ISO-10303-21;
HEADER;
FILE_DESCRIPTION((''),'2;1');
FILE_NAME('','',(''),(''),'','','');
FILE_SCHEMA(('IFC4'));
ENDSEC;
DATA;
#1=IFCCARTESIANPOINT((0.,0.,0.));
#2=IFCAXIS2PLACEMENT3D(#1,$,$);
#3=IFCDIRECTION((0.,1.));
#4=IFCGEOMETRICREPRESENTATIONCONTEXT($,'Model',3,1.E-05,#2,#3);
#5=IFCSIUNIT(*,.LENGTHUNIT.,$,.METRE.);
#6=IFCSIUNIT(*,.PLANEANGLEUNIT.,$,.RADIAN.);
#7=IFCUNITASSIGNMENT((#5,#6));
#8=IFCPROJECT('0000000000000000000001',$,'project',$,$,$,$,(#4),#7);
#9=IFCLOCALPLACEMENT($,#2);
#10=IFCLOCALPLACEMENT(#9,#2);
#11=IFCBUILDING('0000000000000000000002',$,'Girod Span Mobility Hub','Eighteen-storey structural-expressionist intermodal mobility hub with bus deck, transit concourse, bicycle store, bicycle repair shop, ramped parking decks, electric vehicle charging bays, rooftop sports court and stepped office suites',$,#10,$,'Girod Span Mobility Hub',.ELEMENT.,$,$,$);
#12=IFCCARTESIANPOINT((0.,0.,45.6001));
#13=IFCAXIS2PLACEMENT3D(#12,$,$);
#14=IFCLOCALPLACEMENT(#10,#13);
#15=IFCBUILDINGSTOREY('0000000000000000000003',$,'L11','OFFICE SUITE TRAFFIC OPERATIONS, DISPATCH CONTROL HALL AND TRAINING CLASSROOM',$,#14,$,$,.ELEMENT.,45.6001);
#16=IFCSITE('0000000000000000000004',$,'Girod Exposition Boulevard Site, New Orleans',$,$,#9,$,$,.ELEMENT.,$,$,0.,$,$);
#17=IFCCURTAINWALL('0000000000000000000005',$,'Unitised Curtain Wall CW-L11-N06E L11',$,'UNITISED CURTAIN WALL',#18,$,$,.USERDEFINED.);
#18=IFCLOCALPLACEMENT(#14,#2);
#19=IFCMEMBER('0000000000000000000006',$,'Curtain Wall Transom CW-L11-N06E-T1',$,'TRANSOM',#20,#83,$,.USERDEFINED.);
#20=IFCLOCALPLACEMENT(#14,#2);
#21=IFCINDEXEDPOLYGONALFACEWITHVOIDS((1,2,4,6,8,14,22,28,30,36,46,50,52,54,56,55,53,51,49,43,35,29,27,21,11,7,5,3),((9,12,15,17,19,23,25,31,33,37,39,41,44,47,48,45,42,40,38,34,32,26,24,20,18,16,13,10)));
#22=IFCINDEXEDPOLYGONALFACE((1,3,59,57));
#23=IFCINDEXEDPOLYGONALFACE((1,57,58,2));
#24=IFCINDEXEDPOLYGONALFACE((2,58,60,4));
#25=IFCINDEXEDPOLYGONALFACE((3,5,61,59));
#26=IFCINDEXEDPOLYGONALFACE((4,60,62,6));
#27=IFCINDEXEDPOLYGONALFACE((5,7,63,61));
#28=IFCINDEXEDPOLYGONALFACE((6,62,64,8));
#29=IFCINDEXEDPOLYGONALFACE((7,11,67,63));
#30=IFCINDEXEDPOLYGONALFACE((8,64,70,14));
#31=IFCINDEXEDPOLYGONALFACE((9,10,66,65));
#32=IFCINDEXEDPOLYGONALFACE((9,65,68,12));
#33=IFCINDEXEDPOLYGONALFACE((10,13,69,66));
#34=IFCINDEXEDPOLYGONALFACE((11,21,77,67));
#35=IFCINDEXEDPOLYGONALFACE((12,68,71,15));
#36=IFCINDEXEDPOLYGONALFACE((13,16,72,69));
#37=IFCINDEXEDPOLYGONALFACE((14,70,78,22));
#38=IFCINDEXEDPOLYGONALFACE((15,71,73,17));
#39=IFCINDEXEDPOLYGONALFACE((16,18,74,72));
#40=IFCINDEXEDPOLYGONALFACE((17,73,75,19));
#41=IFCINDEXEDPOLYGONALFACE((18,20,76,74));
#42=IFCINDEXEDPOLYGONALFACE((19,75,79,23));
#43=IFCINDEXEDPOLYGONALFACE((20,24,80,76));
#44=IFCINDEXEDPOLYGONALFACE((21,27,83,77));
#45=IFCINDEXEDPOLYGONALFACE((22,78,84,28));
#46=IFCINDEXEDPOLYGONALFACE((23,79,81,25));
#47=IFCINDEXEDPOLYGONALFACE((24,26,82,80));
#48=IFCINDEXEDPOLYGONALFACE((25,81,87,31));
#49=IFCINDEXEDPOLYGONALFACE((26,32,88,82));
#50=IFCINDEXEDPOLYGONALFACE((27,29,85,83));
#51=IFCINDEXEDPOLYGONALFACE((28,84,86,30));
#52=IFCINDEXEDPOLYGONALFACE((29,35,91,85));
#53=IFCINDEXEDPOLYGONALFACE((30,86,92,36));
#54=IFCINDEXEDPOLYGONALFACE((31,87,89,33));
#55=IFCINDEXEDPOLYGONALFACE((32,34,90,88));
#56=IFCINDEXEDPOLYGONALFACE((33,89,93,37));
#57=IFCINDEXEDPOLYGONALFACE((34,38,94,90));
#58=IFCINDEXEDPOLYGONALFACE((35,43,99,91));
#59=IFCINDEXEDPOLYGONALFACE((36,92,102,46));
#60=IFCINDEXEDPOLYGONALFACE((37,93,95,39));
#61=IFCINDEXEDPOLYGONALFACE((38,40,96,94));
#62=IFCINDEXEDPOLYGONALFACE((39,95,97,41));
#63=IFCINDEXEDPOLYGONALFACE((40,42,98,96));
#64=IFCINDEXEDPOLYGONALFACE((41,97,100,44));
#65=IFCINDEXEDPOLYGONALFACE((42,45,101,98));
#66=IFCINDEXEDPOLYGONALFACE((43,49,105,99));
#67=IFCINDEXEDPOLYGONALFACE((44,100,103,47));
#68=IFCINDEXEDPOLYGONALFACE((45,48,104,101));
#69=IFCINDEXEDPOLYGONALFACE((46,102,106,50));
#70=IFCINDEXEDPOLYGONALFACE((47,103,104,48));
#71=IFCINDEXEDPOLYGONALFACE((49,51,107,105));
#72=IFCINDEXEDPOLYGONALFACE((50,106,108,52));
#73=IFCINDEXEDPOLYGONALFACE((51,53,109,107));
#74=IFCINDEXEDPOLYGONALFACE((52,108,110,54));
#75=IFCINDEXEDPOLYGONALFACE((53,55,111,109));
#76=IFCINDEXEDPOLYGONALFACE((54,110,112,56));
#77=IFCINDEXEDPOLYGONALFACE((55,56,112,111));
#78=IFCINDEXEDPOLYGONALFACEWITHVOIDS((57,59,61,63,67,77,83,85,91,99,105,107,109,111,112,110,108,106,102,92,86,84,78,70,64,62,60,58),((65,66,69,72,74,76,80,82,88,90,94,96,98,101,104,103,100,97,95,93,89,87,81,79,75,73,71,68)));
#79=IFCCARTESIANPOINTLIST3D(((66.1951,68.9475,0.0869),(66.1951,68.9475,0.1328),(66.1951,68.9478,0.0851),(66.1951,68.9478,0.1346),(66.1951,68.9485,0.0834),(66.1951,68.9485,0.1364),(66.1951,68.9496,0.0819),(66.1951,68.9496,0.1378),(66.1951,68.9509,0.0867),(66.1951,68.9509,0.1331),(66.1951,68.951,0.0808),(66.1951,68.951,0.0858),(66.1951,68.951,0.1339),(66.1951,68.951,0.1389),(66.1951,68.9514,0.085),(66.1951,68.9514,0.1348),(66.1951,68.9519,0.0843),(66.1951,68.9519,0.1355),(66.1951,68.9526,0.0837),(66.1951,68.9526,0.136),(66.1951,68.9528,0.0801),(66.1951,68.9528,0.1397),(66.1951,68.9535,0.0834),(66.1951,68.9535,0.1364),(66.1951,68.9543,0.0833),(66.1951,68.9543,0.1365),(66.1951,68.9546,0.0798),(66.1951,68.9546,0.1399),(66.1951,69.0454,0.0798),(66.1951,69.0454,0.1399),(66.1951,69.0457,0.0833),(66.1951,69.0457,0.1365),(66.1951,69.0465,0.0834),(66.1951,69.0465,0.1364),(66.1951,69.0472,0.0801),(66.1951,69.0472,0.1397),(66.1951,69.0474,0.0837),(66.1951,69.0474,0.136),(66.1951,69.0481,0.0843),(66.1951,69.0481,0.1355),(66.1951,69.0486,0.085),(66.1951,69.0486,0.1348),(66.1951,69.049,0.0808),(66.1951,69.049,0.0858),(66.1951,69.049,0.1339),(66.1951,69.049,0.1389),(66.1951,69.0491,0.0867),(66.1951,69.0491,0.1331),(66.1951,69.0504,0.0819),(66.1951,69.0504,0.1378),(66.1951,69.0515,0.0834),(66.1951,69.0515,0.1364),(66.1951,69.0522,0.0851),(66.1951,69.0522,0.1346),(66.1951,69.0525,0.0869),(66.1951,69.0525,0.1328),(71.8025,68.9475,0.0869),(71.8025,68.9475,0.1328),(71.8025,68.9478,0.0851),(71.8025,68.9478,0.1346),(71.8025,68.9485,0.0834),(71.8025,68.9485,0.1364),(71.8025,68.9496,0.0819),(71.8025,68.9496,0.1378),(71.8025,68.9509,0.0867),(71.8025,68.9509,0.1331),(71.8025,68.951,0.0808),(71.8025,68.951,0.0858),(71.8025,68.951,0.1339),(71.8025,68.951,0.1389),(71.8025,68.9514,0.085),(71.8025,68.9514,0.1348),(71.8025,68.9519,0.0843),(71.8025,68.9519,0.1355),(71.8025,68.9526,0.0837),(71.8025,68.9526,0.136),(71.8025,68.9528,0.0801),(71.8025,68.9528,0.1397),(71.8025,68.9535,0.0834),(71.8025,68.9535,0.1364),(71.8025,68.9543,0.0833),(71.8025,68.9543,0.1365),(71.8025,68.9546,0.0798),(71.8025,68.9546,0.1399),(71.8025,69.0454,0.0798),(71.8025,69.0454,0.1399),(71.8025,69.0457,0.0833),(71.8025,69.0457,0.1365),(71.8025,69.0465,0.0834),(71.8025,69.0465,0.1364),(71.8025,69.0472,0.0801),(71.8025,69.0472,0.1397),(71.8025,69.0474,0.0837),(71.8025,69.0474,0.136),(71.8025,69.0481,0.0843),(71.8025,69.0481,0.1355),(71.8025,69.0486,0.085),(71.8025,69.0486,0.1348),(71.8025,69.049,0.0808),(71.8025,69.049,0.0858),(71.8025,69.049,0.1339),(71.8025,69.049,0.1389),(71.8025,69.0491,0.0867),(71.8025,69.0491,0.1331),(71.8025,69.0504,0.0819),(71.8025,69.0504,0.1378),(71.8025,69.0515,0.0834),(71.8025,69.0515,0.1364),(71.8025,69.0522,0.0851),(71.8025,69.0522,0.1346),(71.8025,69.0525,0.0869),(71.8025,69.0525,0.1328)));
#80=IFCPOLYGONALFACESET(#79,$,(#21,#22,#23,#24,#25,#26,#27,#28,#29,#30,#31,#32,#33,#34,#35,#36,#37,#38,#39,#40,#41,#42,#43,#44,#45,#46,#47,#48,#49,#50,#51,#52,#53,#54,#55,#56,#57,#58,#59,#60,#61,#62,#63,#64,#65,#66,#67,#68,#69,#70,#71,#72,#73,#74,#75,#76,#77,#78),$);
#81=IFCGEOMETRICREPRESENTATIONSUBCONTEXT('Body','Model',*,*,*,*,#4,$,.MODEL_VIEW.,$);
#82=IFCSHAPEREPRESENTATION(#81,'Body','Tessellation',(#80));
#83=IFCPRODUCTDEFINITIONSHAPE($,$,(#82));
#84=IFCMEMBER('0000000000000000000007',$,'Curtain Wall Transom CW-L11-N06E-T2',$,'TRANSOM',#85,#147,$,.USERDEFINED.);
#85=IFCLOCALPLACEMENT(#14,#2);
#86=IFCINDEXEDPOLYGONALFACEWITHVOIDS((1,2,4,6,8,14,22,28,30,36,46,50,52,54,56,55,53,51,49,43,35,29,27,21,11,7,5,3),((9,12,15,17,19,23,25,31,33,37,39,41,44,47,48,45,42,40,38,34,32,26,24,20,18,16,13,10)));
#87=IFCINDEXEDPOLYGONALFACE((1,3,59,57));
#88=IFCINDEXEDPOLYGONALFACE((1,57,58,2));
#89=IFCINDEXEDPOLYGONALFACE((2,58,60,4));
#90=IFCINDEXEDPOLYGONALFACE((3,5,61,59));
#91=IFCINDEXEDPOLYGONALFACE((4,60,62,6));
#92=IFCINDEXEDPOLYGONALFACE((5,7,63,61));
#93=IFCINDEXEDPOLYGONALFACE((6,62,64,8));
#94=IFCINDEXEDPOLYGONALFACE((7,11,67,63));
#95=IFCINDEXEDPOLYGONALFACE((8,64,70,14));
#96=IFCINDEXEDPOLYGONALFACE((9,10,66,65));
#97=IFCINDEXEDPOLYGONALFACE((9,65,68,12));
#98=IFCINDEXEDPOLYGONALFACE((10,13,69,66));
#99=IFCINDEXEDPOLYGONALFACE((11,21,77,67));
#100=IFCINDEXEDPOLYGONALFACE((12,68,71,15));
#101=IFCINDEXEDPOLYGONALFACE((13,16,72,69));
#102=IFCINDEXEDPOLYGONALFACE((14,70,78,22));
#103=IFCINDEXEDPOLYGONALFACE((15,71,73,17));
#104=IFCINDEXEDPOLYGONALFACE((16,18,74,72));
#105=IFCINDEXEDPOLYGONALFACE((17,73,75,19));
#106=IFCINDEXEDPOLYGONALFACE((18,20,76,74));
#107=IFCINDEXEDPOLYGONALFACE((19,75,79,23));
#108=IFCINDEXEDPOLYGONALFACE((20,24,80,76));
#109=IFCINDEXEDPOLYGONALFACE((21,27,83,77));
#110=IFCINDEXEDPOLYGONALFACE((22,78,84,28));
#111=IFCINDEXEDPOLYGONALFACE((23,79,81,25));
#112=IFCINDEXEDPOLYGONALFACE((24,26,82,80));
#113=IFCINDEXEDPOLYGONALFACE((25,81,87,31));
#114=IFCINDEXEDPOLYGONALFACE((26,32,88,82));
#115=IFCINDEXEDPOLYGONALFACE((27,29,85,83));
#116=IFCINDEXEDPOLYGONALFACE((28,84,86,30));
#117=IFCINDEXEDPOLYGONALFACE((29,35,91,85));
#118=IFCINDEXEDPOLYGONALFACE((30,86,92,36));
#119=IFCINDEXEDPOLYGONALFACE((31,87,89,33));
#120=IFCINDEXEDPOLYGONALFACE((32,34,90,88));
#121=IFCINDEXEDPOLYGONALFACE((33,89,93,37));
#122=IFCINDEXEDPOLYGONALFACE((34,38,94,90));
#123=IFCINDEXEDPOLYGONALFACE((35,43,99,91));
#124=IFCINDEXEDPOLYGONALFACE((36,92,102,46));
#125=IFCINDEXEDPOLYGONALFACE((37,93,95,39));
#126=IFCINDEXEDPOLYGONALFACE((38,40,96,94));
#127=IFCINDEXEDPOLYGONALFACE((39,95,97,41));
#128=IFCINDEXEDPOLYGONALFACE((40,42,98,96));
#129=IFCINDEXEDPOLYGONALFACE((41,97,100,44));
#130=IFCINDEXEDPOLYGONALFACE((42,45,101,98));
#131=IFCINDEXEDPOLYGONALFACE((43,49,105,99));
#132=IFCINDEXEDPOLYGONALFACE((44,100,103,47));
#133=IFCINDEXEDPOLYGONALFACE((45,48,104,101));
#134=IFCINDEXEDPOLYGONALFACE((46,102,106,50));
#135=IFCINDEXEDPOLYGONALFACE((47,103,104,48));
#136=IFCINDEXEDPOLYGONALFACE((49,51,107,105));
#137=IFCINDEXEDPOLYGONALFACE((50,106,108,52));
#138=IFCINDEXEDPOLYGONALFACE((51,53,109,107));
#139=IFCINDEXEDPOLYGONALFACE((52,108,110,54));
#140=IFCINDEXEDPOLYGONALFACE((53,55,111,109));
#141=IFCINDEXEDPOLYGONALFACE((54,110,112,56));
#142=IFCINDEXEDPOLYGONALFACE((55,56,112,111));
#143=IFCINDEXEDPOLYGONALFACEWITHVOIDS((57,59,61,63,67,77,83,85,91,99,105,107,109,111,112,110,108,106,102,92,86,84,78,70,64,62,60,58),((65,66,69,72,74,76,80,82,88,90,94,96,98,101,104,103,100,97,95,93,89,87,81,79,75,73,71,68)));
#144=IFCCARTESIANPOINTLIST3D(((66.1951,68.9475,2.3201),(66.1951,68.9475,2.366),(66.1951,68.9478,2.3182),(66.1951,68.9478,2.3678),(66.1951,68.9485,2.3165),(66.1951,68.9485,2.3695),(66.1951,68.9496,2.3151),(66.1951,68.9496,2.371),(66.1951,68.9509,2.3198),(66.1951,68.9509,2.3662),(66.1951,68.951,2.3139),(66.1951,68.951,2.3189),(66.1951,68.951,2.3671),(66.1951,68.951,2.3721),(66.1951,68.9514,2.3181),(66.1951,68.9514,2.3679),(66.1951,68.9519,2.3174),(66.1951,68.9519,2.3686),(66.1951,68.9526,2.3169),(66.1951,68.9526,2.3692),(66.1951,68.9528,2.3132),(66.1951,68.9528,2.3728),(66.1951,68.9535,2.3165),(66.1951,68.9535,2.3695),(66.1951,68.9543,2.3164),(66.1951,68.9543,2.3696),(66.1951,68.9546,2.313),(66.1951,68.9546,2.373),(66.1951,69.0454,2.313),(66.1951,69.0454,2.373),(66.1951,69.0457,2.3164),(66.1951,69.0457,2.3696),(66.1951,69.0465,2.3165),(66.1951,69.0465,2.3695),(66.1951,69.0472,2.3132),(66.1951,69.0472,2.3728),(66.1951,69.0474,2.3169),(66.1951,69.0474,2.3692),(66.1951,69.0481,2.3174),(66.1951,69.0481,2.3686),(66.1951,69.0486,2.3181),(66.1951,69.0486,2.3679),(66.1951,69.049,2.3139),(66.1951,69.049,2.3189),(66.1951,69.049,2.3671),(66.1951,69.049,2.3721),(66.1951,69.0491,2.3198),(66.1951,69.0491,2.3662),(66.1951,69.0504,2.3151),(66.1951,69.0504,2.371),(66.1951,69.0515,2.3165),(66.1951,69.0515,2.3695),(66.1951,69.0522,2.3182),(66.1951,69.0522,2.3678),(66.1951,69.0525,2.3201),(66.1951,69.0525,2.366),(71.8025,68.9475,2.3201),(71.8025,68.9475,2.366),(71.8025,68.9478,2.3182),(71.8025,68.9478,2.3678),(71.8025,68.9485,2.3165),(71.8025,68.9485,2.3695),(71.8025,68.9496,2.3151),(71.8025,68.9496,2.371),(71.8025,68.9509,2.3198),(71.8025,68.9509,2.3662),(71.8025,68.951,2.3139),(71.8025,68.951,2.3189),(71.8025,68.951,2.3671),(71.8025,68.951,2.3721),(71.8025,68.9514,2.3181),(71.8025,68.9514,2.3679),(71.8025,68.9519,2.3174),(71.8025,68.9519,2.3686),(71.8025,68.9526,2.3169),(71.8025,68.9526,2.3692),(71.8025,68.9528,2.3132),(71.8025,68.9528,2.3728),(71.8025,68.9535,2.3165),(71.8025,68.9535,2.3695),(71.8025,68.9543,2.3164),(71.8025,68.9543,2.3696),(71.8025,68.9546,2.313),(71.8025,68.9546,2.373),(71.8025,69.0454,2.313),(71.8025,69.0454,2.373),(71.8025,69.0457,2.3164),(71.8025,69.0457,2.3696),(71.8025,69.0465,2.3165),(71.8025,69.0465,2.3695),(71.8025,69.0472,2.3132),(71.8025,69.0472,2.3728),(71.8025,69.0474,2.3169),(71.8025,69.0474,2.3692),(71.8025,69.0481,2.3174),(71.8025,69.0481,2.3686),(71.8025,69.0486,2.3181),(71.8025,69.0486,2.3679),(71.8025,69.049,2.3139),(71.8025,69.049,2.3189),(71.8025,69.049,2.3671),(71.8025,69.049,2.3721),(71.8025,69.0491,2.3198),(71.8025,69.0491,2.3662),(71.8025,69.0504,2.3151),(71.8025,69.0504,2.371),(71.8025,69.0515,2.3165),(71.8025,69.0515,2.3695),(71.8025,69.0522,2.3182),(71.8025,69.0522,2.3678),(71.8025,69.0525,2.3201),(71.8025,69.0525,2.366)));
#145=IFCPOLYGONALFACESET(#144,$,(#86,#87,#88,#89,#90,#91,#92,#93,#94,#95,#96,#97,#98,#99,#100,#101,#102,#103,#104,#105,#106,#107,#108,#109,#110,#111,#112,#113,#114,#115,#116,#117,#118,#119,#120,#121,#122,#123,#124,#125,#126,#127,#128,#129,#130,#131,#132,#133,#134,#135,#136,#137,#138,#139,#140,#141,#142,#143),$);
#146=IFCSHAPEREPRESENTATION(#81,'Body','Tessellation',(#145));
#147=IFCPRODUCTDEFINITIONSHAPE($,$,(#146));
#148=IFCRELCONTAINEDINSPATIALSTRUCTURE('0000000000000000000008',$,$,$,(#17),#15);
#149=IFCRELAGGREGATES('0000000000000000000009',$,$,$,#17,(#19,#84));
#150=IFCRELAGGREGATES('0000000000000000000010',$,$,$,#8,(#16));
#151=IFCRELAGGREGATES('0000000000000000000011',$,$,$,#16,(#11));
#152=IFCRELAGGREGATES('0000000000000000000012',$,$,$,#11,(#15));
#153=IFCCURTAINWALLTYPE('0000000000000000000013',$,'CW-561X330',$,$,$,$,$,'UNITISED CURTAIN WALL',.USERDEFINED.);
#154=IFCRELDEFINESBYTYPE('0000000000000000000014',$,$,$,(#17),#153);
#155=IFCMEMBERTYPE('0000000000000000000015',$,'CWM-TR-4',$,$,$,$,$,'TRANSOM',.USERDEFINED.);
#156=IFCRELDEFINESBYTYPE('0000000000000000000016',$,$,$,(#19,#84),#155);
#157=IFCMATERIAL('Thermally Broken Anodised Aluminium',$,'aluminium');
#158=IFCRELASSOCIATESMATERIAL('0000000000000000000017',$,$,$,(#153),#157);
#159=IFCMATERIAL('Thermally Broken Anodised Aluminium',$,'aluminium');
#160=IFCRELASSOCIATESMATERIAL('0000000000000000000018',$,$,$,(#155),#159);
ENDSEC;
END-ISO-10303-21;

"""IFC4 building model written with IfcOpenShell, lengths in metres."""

from ifc_helpers import new_model, si_unit, direction, frame, origin, origin_2d, place, context, subcontext, project, spatial, hollow_rectangle, extrude, material, material_profile, profile_set, type_object, element, aggregate, save


model = new_model("IFC4")

# Units and contexts
model_context = context("Model", 3, precision=1e-05, world=origin(), true_north=direction((0.0, 1.0)))
body_context = subcontext(model_context, "Body", "Model", "MODEL_VIEW")
ifc_project = project(units=[si_unit("LENGTHUNIT", "METRE"), si_unit("PLANEANGLEUNIT", "RADIAN")], contexts=[model_context])

# Site, building, storey
site_placement = place(None, origin())
site = spatial("IfcSite", under=ifc_project, at=site_placement, Name="Girod Exposition Boulevard Site, New Orleans", CompositionType="ELEMENT", RefElevation=0.0)
building_placement = place(site_placement, origin())
building = spatial("IfcBuilding", under=site, at=building_placement, Name="Girod Span Mobility Hub", Description="Eighteen-storey structural-expressionist intermodal mobility hub with bus deck, transit concourse, bicycle store, bicycle repair shop, ramped parking decks, electric vehicle charging bays, rooftop sports court and stepped office suites", LongName="Girod Span Mobility Hub", CompositionType="ELEMENT")
storey_placement = place(building_placement, frame((0.0, 0.0, 45.6001)))
storey = spatial("IfcBuildingStorey", under=building, at=storey_placement, Name="L11", Description="OFFICE SUITE TRAFFIC OPERATIONS, DISPATCH CONTROL HALL AND TRAINING CLASSROOM", CompositionType="ELEMENT", Elevation=45.6001)

# Curtain wall, members
ifc_material_1 = material(Name="Thermally Broken Anodised Aluminium", Category="aluminium")
curtain_wall_type = type_object("IfcCurtainWallType", Name="CW-561X330", ElementType="UNITISED CURTAIN WALL", PredefinedType="USERDEFINED", material=ifc_material_1)
curtain_wall_1_placement = place(storey_placement, origin())
curtain_wall_1 = element("IfcCurtainWall", 1, at=curtain_wall_1_placement, inside=storey, type_object=curtain_wall_type, Name="Unitised Curtain Wall CW-L11-N06E L11", ObjectType="UNITISED CURTAIN WALL", PredefinedType="USERDEFINED")
ifc_material_2 = material(Name="Thermally Broken Anodised Aluminium", Category="aluminium")
ifc_material_profile_1 = material_profile(ifc_material_2, hollow_rectangle(XDim=0.105, YDim=0.0601, WallThickness=0.0034, InnerFilletRadius=0.0034, OuterFilletRadius=0.0071, at=origin_2d()), Name="CW-TR-60X105")
ifc_profile_set_1 = profile_set([ifc_material_profile_1], Name="Thermally Broken Anodised Aluminium")
member_type_1 = type_object("IfcMemberType", Name="CWM-TR-4", ElementType="TRANSOM", PredefinedType="USERDEFINED", material=ifc_profile_set_1)
member_1_placement = place(storey_placement, frame((66.1951, 69.0, 0.1099), z_axis=(1.0, 0.0, 0.0), x_axis=(0.0, 1.0, 0.0)))
member_1 = element("IfcMember", 2, at=member_1_placement, type_object=member_type_1, Name="Curtain Wall Transom CW-L11-N06E-T1", ObjectType="TRANSOM", PredefinedType="USERDEFINED", context=body_context, shape_type="SweptSolid", body=[
    extrude(hollow_rectangle(XDim=0.105, YDim=0.0601, WallThickness=0.0034, InnerFilletRadius=0.0034, OuterFilletRadius=0.0071, at=origin_2d()), origin(), (0.0, 0.0, 1.0), 5.6074),
])
member_2_placement = place(storey_placement, frame((66.1951, 69.0, 2.343), z_axis=(1.0, 0.0, 0.0), x_axis=(0.0, 1.0, 0.0)))
member_2 = element("IfcMember", 3, at=member_2_placement, type_object=member_type_1, Name="Curtain Wall Transom CW-L11-N06E-T2", ObjectType="TRANSOM", PredefinedType="USERDEFINED", context=body_context, shape_type="SweptSolid", body=[
    extrude(hollow_rectangle(XDim=0.105, YDim=0.0601, WallThickness=0.0034, InnerFilletRadius=0.0034, OuterFilletRadius=0.0071, at=origin_2d()), origin(), (0.0, 0.0, 1.0), 5.6074),
])

aggregate(curtain_wall_1, [member_1, member_2])

save(model, "model.ifc")
